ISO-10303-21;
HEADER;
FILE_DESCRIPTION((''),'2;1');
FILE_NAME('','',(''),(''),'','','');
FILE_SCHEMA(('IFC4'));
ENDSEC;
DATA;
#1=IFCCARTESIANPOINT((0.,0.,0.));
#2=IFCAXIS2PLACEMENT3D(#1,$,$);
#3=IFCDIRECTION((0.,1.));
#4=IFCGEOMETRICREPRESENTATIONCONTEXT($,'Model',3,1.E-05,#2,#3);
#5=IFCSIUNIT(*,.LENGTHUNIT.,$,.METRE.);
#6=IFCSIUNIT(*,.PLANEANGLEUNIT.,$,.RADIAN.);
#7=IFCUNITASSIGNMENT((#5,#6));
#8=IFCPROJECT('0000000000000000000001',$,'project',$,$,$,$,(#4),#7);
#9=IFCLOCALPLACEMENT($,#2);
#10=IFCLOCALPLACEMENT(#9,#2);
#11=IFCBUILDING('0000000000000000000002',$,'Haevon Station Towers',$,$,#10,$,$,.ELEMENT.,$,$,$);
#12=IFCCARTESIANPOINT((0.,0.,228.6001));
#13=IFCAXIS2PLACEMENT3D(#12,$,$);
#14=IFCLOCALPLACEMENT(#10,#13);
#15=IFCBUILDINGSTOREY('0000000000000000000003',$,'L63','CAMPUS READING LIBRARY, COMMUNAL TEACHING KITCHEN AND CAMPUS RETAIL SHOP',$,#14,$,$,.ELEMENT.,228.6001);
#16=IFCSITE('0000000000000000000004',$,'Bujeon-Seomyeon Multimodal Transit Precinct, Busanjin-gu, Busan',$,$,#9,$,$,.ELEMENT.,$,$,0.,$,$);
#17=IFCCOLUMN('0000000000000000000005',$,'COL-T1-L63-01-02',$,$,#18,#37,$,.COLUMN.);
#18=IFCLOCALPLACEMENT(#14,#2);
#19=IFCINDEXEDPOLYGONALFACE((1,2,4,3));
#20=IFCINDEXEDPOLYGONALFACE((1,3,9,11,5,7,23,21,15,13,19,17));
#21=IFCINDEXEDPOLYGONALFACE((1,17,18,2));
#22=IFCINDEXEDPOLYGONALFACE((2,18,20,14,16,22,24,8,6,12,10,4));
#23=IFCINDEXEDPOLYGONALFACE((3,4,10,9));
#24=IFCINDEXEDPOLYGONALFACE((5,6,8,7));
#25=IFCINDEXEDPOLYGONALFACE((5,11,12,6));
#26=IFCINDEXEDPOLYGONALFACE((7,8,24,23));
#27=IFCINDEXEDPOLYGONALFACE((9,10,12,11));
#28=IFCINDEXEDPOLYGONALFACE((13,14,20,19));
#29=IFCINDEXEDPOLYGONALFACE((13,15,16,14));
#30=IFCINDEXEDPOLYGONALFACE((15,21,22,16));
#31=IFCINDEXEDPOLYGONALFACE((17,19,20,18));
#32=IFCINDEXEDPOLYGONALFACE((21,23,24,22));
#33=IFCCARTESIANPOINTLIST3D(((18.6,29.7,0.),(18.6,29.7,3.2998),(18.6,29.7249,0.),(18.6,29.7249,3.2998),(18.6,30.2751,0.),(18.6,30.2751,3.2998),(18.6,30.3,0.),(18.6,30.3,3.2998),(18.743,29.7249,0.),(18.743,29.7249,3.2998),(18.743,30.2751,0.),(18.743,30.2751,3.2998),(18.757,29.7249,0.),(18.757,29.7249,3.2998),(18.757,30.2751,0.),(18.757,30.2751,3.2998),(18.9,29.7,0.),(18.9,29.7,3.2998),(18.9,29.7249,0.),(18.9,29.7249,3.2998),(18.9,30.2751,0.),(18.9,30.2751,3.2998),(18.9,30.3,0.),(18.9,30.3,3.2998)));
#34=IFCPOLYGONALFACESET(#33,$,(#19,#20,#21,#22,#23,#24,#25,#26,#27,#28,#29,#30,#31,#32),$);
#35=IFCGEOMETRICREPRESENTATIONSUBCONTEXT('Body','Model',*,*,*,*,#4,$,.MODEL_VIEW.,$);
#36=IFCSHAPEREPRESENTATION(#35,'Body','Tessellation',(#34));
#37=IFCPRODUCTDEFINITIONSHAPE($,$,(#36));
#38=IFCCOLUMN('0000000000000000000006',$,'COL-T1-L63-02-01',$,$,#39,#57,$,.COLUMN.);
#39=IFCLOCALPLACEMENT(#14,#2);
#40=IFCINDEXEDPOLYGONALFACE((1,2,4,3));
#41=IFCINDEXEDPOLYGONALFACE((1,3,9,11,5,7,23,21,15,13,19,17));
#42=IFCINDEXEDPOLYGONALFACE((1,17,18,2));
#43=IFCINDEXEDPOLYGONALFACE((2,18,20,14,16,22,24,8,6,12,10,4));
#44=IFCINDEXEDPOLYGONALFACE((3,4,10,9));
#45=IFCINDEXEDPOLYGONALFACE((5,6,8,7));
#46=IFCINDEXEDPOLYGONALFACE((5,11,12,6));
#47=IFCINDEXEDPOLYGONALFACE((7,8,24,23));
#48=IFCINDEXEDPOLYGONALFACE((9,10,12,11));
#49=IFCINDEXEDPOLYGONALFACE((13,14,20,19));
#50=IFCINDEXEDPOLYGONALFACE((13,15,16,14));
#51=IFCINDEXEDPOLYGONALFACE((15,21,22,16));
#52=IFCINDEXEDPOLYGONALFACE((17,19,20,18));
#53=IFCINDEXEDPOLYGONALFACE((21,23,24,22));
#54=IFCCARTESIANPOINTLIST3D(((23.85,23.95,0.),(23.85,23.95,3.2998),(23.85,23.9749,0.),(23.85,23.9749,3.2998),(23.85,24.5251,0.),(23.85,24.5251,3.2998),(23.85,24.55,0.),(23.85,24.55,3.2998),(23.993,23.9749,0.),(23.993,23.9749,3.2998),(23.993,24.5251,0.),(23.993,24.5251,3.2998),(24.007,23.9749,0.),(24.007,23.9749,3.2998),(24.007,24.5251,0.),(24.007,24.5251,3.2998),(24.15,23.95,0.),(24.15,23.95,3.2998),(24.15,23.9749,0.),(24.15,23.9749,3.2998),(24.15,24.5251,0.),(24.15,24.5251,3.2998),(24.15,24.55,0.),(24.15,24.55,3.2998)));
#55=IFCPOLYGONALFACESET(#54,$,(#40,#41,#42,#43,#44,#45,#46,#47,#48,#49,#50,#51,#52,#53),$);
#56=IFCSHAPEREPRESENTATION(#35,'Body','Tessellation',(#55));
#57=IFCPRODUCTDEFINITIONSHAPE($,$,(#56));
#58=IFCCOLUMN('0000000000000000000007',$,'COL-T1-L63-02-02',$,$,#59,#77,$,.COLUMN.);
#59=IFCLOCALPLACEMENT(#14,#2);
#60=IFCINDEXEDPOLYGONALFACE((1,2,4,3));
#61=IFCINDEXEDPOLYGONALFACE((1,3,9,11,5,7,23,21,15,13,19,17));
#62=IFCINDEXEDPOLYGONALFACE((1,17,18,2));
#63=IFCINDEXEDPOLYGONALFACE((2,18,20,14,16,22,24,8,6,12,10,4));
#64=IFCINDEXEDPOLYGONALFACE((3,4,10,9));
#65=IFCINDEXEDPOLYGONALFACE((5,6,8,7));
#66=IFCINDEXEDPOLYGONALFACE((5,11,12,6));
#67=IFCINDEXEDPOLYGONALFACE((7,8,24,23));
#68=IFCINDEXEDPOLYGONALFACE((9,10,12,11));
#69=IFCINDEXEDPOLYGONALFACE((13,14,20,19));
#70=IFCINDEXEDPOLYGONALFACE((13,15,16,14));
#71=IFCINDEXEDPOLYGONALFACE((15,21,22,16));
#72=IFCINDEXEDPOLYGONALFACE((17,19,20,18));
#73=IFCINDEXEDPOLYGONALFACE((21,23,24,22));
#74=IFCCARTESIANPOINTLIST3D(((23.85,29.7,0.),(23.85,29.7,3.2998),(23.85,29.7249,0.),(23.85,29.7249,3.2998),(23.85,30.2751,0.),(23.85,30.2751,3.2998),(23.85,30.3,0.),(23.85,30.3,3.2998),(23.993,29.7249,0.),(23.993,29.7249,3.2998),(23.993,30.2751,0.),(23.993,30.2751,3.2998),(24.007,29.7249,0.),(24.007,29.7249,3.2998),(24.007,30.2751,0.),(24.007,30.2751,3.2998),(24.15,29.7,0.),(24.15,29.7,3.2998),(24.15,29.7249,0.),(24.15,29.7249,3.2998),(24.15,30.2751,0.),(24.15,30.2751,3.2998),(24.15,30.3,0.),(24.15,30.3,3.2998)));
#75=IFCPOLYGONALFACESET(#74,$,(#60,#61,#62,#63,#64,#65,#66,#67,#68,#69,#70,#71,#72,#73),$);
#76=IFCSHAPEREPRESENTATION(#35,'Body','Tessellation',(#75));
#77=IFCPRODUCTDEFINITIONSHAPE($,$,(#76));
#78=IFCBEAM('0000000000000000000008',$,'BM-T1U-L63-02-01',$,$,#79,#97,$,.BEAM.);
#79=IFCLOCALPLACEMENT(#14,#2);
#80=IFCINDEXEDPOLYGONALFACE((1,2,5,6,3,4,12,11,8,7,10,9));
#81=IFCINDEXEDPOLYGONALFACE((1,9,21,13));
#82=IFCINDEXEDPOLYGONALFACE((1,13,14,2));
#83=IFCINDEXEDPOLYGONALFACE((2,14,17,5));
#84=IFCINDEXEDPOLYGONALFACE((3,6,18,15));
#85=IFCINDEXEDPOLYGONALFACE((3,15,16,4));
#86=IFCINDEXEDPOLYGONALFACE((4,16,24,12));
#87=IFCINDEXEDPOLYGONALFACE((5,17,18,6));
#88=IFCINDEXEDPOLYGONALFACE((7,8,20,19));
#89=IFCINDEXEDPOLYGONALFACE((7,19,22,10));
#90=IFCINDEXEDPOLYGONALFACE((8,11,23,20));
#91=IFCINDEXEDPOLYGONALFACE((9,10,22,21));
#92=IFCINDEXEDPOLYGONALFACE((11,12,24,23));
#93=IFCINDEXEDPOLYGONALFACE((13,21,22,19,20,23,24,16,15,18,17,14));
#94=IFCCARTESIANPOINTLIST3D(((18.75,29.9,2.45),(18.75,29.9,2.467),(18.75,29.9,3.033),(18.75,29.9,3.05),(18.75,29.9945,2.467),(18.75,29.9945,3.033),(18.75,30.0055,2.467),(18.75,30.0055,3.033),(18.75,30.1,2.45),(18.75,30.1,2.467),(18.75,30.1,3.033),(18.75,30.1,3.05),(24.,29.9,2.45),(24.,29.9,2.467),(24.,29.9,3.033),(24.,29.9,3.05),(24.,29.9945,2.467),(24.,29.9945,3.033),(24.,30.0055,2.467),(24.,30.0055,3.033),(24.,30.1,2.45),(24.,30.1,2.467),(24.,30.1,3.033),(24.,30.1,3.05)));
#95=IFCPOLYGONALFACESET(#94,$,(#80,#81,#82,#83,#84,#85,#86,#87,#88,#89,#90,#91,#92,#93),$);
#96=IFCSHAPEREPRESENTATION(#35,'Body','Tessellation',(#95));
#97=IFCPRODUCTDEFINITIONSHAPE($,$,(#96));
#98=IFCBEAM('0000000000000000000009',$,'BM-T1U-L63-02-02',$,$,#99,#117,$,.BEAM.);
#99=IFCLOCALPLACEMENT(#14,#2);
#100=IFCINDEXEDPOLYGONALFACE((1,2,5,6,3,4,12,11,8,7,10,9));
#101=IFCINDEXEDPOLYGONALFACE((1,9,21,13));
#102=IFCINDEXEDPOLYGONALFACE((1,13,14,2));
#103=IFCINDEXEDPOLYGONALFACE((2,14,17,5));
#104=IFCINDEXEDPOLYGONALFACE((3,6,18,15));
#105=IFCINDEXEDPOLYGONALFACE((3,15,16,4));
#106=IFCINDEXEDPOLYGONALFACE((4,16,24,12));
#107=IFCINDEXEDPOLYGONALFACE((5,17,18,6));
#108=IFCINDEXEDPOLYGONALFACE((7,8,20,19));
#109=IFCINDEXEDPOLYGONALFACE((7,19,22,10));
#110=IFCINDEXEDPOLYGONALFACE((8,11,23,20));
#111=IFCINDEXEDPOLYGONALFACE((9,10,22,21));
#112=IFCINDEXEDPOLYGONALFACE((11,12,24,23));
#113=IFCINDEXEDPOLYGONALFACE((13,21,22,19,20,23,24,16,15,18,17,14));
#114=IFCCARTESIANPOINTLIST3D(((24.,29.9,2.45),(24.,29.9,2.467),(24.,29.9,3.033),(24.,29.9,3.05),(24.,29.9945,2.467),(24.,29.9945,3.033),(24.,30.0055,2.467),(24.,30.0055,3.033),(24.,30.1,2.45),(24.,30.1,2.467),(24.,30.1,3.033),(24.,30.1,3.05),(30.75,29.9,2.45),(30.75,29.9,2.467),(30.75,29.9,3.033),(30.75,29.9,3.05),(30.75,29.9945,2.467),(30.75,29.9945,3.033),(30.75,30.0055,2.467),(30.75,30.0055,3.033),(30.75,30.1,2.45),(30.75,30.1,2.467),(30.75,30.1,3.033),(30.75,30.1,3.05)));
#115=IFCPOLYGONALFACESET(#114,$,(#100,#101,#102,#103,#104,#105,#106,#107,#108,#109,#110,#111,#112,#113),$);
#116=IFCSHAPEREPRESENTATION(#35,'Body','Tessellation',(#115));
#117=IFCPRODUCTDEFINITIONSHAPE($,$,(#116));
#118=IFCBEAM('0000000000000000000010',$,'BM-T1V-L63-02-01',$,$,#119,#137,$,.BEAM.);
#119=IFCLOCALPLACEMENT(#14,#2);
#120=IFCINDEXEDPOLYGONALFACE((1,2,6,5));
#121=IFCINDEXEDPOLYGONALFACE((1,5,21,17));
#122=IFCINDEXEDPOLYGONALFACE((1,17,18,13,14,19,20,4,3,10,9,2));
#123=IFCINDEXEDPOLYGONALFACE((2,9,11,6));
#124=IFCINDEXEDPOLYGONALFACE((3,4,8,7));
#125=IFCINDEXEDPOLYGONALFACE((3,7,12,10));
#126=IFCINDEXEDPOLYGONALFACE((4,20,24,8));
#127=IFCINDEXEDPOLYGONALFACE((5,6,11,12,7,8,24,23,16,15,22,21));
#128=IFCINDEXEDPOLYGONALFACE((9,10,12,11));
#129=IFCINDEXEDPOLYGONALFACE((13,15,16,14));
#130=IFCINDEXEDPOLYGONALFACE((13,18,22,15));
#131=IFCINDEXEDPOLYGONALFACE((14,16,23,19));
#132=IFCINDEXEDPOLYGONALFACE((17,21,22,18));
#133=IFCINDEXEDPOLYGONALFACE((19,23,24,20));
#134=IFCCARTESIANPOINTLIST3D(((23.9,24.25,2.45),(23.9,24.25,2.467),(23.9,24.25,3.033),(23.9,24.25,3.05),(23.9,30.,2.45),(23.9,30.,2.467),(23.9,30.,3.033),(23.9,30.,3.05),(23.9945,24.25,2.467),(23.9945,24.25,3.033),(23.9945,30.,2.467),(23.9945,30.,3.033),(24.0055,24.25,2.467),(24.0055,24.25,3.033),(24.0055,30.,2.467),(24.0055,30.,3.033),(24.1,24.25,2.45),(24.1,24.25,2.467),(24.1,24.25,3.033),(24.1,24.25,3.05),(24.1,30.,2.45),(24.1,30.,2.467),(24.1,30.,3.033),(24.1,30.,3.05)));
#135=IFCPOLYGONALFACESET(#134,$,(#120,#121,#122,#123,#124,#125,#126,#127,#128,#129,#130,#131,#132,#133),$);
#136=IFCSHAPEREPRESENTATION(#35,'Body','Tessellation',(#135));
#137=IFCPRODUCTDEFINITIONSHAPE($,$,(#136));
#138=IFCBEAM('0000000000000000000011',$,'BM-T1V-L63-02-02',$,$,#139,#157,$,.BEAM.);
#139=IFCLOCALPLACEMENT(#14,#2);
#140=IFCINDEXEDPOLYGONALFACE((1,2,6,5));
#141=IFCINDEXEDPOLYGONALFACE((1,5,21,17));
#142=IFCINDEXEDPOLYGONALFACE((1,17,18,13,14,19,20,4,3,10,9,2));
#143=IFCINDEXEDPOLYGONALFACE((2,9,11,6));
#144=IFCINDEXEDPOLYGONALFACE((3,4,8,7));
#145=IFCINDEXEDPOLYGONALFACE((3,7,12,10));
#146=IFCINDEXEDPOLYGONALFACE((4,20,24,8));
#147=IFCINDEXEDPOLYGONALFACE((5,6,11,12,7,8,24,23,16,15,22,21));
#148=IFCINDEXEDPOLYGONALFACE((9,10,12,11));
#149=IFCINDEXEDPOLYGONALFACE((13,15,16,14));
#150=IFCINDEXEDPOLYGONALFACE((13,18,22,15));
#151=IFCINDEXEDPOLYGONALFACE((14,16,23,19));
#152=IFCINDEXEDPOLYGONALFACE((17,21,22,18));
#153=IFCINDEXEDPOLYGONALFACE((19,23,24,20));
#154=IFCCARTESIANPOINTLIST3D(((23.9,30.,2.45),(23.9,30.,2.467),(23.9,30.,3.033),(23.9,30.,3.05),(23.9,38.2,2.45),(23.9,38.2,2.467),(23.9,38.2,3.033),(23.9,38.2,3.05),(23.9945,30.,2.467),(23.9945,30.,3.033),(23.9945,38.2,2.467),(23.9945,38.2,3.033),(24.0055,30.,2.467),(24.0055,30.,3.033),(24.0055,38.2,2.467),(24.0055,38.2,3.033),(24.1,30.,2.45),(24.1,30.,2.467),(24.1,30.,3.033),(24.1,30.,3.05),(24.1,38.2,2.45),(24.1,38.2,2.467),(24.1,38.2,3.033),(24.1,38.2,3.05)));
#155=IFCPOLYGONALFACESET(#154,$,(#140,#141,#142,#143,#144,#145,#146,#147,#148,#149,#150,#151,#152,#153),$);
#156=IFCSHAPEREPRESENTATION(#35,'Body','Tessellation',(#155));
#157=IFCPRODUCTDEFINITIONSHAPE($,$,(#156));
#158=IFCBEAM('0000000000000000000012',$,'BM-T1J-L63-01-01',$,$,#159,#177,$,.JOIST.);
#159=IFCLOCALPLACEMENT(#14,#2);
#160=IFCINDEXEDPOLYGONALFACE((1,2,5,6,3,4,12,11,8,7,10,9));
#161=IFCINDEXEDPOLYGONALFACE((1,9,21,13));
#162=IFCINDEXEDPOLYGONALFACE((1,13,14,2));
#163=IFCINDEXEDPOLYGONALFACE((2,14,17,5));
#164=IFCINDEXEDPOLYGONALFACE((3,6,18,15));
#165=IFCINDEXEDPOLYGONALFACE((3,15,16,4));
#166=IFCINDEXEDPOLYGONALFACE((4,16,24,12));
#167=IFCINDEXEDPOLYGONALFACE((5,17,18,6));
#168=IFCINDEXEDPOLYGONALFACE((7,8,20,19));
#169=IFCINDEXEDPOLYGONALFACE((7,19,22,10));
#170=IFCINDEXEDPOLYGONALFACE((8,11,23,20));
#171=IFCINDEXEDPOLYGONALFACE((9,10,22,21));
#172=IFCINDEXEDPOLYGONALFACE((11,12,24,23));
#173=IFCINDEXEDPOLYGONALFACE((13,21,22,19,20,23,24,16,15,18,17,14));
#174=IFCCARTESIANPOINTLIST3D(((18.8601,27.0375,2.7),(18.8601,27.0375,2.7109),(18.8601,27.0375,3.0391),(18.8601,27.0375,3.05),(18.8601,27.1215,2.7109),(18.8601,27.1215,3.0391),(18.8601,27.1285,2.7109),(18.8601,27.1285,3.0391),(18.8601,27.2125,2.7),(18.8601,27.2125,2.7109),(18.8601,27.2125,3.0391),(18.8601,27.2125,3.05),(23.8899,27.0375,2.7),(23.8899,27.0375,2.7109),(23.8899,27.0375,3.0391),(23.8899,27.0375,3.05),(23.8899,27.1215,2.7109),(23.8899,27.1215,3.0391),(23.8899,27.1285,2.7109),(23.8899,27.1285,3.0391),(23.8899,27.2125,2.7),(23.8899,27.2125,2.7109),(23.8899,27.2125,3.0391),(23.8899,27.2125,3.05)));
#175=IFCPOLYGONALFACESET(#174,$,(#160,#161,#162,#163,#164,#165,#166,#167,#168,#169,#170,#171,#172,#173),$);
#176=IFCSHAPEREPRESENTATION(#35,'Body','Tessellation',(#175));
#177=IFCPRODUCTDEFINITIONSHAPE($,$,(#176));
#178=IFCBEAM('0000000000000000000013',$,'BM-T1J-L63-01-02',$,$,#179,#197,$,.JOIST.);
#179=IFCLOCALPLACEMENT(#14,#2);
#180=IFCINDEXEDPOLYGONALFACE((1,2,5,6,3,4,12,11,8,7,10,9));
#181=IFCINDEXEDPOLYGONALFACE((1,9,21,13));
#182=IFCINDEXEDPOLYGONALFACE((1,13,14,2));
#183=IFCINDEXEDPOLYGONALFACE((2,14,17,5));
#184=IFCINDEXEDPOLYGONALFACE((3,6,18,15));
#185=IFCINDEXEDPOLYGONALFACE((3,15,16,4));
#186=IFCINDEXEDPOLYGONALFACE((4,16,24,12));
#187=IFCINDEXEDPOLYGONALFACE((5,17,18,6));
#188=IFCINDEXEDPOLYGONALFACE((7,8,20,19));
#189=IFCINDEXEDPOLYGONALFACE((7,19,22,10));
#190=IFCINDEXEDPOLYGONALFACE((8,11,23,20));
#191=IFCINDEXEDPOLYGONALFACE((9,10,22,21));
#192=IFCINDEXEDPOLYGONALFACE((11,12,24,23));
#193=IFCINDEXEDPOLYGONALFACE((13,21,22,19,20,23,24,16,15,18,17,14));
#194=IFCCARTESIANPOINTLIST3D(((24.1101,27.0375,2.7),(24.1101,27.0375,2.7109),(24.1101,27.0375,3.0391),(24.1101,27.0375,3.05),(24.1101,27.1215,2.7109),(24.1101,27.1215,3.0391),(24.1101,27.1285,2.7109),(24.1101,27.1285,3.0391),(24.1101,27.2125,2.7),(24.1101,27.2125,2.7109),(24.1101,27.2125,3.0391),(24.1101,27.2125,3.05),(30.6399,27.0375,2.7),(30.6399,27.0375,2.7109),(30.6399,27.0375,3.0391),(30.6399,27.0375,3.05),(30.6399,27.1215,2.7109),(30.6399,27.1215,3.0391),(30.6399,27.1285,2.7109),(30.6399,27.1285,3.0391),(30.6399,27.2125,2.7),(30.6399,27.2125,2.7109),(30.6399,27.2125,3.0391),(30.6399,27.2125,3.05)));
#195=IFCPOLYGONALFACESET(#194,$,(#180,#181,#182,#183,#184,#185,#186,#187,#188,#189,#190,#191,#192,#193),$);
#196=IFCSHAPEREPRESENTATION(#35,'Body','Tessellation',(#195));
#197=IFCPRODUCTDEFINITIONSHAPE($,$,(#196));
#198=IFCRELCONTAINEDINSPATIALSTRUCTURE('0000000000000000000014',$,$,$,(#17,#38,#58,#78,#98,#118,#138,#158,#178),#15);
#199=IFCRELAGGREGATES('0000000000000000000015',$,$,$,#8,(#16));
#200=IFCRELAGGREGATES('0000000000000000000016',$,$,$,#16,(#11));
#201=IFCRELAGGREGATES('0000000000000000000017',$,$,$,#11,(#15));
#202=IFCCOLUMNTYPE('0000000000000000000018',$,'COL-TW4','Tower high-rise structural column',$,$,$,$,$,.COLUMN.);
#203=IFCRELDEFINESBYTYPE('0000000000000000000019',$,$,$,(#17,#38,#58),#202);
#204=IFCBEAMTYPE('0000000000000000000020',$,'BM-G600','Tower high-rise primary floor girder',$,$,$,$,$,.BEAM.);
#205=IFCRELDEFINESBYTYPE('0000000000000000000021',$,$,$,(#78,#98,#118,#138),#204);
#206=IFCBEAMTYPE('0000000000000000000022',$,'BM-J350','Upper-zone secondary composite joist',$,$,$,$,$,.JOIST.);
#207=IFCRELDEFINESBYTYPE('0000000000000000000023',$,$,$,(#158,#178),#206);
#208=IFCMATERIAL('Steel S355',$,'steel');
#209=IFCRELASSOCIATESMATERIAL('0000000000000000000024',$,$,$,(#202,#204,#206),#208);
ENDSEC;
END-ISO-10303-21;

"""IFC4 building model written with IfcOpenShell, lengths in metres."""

from ifc_helpers import new_model, si_unit, direction, frame, origin, origin_2d, place, context, subcontext, project, spatial, i_section, extrude, material, material_profile, profile_set, type_object, element, save


model = new_model("IFC4")

# Units and contexts
model_context = context("Model", 3, precision=1e-05, world=origin(), true_north=direction((0.0, 1.0)))
body_context = subcontext(model_context, "Body", "Model", "MODEL_VIEW")
ifc_project = project(units=[si_unit("LENGTHUNIT", "METRE"), si_unit("PLANEANGLEUNIT", "RADIAN")], contexts=[model_context])

# Site, building, storey
site_placement = place(None, origin())
site = spatial("IfcSite", under=ifc_project, at=site_placement, Name="Bujeon-Seomyeon Multimodal Transit Precinct, Busanjin-gu, Busan", CompositionType="ELEMENT", RefElevation=0.0)
building_placement = place(site_placement, origin())
building = spatial("IfcBuilding", under=site, at=building_placement, Name="Haevon Station Towers", CompositionType="ELEMENT")
storey_placement = place(building_placement, frame((0.0, 0.0, 228.6001)))
storey = spatial("IfcBuildingStorey", under=building, at=storey_placement, Name="L63", Description="CAMPUS READING LIBRARY, COMMUNAL TEACHING KITCHEN AND CAMPUS RETAIL SHOP", CompositionType="ELEMENT", Elevation=228.6001)

# Columns
ifc_material_1 = material(Name="Steel S355", Category="steel")
ifc_material_profile_1 = material_profile(ifc_material_1, i_section(OverallWidth=0.3, OverallDepth=0.6001, WebThickness=0.0139, FlangeThickness=0.0249, at=origin_2d()), Name="H-600x300x14x25")
ifc_profile_set_1 = profile_set([ifc_material_profile_1], Name="Steel S355")
column_type = type_object("IfcColumnType", Name="COL-TW4", Description="Tower high-rise structural column", PredefinedType="COLUMN", material=ifc_profile_set_1)
for number, where, z_axis, x_axis, name in (
    (1, (18.75, 30.0, 0.0), (0.0, 0.0, 1.0), (1.0, 0.0, 0.0), "COL-T1-L63-01-02"),
    (2, (24.0, 24.25, 0.0), (0.0, 0.0, 1.0), (1.0, 0.0, 0.0), "COL-T1-L63-02-01"),
    (3, (24.0, 30.0, 0.0), (0.0, 0.0, 1.0), (1.0, 0.0, 0.0), "COL-T1-L63-02-02"),
):
    element("IfcColumn", number, at=place(storey_placement, frame(where, z_axis=z_axis, x_axis=x_axis)), inside=storey, type_object=column_type, Name=name, PredefinedType="COLUMN", context=body_context, shape_type="SweptSolid", body=[
        extrude(i_section(OverallWidth=0.3, OverallDepth=0.6001, WebThickness=0.0139, FlangeThickness=0.0249, at=origin_2d()), origin(), (0.0, 0.0, 1.0), 3.2998),
    ])

# Beams
ifc_material_profile_2 = material_profile(ifc_material_1, i_section(OverallWidth=0.2, OverallDepth=0.6001, WebThickness=0.011, FlangeThickness=0.0171, at=origin_2d()), Name="H-600x200x11x17")
ifc_profile_set_2 = profile_set([ifc_material_profile_2], Name="Steel S355")
beam_type_1 = type_object("IfcBeamType", Name="BM-G600", Description="Tower high-rise primary floor girder", PredefinedType="BEAM", material=ifc_profile_set_2)
beam_1_placement = place(storey_placement, frame((18.75, 30.0, 2.75), z_axis=(1.0, 0.0, 0.0), x_axis=(0.0, 1.0, 0.0)))
element("IfcBeam", 4, at=beam_1_placement, inside=storey, type_object=beam_type_1, Name="BM-T1U-L63-02-01", PredefinedType="BEAM", context=body_context, shape_type="SweptSolid", body=[
    extrude(i_section(OverallWidth=0.2, OverallDepth=0.6001, WebThickness=0.011, FlangeThickness=0.0171, at=origin_2d()), origin(), (0.0, 0.0, 1.0), 5.25),
])
beam_2_placement = place(storey_placement, frame((24.0, 30.0, 2.75), z_axis=(1.0, 0.0, 0.0), x_axis=(0.0, 1.0, 0.0)))
element("IfcBeam", 5, at=beam_2_placement, inside=storey, type_object=beam_type_1, Name="BM-T1U-L63-02-02", PredefinedType="BEAM", context=body_context, shape_type="SweptSolid", body=[
    extrude(i_section(OverallWidth=0.2, OverallDepth=0.6001, WebThickness=0.011, FlangeThickness=0.0171, at=origin_2d()), origin(), (0.0, 0.0, 1.0), 6.75),
])
beam_3_placement = place(storey_placement, frame((24.0, 24.25, 2.75), z_axis=(0.0, 1.0, 0.0), x_axis=(-1.0, 0.0, 0.0)))
element("IfcBeam", 6, at=beam_3_placement, inside=storey, type_object=beam_type_1, Name="BM-T1V-L63-02-01", PredefinedType="BEAM", context=body_context, shape_type="SweptSolid", body=[
    extrude(i_section(OverallWidth=0.2, OverallDepth=0.6001, WebThickness=0.011, FlangeThickness=0.0171, at=origin_2d()), origin(), (0.0, 0.0, 1.0), 5.75),
])
beam_4_placement = place(storey_placement, frame((24.0, 30.0, 2.75), z_axis=(0.0, 1.0, 0.0), x_axis=(-1.0, 0.0, 0.0)))
element("IfcBeam", 7, at=beam_4_placement, inside=storey, type_object=beam_type_1, Name="BM-T1V-L63-02-02", PredefinedType="BEAM", context=body_context, shape_type="SweptSolid", body=[
    extrude(i_section(OverallWidth=0.2, OverallDepth=0.6001, WebThickness=0.011, FlangeThickness=0.0171, at=origin_2d()), origin(), (0.0, 0.0, 1.0), 8.2),
])
ifc_material_profile_3 = material_profile(ifc_material_1, i_section(OverallWidth=0.175, OverallDepth=0.3501, WebThickness=0.0071, FlangeThickness=0.011, at=origin_2d()), Name="H-350x175x7x11")
ifc_profile_set_3 = profile_set([ifc_material_profile_3], Name="Steel S355")
beam_type_2 = type_object("IfcBeamType", Name="BM-J350", Description="Upper-zone secondary composite joist", PredefinedType="JOIST", material=ifc_profile_set_3)
beam_5_placement = place(storey_placement, frame((18.8601, 27.125, 2.875), z_axis=(1.0, 0.0, 0.0), x_axis=(0.0, 1.0, 0.0)))
element("IfcBeam", 8, at=beam_5_placement, inside=storey, type_object=beam_type_2, Name="BM-T1J-L63-01-01", PredefinedType="JOIST", context=body_context, shape_type="SweptSolid", body=[
    extrude(i_section(OverallWidth=0.175, OverallDepth=0.3501, WebThickness=0.0071, FlangeThickness=0.011, at=origin_2d()), origin(), (0.0, 0.0, 1.0), 5.0298),
])
beam_6_placement = place(storey_placement, frame((24.1101, 27.125, 2.875), z_axis=(1.0, 0.0, 0.0), x_axis=(0.0, 1.0, 0.0)))
element("IfcBeam", 9, at=beam_6_placement, inside=storey, type_object=beam_type_2, Name="BM-T1J-L63-01-02", PredefinedType="JOIST", context=body_context, shape_type="SweptSolid", body=[
    extrude(i_section(OverallWidth=0.175, OverallDepth=0.3501, WebThickness=0.0071, FlangeThickness=0.011, at=origin_2d()), origin(), (0.0, 0.0, 1.0), 6.5298),
])

save(model, "model.ifc")
